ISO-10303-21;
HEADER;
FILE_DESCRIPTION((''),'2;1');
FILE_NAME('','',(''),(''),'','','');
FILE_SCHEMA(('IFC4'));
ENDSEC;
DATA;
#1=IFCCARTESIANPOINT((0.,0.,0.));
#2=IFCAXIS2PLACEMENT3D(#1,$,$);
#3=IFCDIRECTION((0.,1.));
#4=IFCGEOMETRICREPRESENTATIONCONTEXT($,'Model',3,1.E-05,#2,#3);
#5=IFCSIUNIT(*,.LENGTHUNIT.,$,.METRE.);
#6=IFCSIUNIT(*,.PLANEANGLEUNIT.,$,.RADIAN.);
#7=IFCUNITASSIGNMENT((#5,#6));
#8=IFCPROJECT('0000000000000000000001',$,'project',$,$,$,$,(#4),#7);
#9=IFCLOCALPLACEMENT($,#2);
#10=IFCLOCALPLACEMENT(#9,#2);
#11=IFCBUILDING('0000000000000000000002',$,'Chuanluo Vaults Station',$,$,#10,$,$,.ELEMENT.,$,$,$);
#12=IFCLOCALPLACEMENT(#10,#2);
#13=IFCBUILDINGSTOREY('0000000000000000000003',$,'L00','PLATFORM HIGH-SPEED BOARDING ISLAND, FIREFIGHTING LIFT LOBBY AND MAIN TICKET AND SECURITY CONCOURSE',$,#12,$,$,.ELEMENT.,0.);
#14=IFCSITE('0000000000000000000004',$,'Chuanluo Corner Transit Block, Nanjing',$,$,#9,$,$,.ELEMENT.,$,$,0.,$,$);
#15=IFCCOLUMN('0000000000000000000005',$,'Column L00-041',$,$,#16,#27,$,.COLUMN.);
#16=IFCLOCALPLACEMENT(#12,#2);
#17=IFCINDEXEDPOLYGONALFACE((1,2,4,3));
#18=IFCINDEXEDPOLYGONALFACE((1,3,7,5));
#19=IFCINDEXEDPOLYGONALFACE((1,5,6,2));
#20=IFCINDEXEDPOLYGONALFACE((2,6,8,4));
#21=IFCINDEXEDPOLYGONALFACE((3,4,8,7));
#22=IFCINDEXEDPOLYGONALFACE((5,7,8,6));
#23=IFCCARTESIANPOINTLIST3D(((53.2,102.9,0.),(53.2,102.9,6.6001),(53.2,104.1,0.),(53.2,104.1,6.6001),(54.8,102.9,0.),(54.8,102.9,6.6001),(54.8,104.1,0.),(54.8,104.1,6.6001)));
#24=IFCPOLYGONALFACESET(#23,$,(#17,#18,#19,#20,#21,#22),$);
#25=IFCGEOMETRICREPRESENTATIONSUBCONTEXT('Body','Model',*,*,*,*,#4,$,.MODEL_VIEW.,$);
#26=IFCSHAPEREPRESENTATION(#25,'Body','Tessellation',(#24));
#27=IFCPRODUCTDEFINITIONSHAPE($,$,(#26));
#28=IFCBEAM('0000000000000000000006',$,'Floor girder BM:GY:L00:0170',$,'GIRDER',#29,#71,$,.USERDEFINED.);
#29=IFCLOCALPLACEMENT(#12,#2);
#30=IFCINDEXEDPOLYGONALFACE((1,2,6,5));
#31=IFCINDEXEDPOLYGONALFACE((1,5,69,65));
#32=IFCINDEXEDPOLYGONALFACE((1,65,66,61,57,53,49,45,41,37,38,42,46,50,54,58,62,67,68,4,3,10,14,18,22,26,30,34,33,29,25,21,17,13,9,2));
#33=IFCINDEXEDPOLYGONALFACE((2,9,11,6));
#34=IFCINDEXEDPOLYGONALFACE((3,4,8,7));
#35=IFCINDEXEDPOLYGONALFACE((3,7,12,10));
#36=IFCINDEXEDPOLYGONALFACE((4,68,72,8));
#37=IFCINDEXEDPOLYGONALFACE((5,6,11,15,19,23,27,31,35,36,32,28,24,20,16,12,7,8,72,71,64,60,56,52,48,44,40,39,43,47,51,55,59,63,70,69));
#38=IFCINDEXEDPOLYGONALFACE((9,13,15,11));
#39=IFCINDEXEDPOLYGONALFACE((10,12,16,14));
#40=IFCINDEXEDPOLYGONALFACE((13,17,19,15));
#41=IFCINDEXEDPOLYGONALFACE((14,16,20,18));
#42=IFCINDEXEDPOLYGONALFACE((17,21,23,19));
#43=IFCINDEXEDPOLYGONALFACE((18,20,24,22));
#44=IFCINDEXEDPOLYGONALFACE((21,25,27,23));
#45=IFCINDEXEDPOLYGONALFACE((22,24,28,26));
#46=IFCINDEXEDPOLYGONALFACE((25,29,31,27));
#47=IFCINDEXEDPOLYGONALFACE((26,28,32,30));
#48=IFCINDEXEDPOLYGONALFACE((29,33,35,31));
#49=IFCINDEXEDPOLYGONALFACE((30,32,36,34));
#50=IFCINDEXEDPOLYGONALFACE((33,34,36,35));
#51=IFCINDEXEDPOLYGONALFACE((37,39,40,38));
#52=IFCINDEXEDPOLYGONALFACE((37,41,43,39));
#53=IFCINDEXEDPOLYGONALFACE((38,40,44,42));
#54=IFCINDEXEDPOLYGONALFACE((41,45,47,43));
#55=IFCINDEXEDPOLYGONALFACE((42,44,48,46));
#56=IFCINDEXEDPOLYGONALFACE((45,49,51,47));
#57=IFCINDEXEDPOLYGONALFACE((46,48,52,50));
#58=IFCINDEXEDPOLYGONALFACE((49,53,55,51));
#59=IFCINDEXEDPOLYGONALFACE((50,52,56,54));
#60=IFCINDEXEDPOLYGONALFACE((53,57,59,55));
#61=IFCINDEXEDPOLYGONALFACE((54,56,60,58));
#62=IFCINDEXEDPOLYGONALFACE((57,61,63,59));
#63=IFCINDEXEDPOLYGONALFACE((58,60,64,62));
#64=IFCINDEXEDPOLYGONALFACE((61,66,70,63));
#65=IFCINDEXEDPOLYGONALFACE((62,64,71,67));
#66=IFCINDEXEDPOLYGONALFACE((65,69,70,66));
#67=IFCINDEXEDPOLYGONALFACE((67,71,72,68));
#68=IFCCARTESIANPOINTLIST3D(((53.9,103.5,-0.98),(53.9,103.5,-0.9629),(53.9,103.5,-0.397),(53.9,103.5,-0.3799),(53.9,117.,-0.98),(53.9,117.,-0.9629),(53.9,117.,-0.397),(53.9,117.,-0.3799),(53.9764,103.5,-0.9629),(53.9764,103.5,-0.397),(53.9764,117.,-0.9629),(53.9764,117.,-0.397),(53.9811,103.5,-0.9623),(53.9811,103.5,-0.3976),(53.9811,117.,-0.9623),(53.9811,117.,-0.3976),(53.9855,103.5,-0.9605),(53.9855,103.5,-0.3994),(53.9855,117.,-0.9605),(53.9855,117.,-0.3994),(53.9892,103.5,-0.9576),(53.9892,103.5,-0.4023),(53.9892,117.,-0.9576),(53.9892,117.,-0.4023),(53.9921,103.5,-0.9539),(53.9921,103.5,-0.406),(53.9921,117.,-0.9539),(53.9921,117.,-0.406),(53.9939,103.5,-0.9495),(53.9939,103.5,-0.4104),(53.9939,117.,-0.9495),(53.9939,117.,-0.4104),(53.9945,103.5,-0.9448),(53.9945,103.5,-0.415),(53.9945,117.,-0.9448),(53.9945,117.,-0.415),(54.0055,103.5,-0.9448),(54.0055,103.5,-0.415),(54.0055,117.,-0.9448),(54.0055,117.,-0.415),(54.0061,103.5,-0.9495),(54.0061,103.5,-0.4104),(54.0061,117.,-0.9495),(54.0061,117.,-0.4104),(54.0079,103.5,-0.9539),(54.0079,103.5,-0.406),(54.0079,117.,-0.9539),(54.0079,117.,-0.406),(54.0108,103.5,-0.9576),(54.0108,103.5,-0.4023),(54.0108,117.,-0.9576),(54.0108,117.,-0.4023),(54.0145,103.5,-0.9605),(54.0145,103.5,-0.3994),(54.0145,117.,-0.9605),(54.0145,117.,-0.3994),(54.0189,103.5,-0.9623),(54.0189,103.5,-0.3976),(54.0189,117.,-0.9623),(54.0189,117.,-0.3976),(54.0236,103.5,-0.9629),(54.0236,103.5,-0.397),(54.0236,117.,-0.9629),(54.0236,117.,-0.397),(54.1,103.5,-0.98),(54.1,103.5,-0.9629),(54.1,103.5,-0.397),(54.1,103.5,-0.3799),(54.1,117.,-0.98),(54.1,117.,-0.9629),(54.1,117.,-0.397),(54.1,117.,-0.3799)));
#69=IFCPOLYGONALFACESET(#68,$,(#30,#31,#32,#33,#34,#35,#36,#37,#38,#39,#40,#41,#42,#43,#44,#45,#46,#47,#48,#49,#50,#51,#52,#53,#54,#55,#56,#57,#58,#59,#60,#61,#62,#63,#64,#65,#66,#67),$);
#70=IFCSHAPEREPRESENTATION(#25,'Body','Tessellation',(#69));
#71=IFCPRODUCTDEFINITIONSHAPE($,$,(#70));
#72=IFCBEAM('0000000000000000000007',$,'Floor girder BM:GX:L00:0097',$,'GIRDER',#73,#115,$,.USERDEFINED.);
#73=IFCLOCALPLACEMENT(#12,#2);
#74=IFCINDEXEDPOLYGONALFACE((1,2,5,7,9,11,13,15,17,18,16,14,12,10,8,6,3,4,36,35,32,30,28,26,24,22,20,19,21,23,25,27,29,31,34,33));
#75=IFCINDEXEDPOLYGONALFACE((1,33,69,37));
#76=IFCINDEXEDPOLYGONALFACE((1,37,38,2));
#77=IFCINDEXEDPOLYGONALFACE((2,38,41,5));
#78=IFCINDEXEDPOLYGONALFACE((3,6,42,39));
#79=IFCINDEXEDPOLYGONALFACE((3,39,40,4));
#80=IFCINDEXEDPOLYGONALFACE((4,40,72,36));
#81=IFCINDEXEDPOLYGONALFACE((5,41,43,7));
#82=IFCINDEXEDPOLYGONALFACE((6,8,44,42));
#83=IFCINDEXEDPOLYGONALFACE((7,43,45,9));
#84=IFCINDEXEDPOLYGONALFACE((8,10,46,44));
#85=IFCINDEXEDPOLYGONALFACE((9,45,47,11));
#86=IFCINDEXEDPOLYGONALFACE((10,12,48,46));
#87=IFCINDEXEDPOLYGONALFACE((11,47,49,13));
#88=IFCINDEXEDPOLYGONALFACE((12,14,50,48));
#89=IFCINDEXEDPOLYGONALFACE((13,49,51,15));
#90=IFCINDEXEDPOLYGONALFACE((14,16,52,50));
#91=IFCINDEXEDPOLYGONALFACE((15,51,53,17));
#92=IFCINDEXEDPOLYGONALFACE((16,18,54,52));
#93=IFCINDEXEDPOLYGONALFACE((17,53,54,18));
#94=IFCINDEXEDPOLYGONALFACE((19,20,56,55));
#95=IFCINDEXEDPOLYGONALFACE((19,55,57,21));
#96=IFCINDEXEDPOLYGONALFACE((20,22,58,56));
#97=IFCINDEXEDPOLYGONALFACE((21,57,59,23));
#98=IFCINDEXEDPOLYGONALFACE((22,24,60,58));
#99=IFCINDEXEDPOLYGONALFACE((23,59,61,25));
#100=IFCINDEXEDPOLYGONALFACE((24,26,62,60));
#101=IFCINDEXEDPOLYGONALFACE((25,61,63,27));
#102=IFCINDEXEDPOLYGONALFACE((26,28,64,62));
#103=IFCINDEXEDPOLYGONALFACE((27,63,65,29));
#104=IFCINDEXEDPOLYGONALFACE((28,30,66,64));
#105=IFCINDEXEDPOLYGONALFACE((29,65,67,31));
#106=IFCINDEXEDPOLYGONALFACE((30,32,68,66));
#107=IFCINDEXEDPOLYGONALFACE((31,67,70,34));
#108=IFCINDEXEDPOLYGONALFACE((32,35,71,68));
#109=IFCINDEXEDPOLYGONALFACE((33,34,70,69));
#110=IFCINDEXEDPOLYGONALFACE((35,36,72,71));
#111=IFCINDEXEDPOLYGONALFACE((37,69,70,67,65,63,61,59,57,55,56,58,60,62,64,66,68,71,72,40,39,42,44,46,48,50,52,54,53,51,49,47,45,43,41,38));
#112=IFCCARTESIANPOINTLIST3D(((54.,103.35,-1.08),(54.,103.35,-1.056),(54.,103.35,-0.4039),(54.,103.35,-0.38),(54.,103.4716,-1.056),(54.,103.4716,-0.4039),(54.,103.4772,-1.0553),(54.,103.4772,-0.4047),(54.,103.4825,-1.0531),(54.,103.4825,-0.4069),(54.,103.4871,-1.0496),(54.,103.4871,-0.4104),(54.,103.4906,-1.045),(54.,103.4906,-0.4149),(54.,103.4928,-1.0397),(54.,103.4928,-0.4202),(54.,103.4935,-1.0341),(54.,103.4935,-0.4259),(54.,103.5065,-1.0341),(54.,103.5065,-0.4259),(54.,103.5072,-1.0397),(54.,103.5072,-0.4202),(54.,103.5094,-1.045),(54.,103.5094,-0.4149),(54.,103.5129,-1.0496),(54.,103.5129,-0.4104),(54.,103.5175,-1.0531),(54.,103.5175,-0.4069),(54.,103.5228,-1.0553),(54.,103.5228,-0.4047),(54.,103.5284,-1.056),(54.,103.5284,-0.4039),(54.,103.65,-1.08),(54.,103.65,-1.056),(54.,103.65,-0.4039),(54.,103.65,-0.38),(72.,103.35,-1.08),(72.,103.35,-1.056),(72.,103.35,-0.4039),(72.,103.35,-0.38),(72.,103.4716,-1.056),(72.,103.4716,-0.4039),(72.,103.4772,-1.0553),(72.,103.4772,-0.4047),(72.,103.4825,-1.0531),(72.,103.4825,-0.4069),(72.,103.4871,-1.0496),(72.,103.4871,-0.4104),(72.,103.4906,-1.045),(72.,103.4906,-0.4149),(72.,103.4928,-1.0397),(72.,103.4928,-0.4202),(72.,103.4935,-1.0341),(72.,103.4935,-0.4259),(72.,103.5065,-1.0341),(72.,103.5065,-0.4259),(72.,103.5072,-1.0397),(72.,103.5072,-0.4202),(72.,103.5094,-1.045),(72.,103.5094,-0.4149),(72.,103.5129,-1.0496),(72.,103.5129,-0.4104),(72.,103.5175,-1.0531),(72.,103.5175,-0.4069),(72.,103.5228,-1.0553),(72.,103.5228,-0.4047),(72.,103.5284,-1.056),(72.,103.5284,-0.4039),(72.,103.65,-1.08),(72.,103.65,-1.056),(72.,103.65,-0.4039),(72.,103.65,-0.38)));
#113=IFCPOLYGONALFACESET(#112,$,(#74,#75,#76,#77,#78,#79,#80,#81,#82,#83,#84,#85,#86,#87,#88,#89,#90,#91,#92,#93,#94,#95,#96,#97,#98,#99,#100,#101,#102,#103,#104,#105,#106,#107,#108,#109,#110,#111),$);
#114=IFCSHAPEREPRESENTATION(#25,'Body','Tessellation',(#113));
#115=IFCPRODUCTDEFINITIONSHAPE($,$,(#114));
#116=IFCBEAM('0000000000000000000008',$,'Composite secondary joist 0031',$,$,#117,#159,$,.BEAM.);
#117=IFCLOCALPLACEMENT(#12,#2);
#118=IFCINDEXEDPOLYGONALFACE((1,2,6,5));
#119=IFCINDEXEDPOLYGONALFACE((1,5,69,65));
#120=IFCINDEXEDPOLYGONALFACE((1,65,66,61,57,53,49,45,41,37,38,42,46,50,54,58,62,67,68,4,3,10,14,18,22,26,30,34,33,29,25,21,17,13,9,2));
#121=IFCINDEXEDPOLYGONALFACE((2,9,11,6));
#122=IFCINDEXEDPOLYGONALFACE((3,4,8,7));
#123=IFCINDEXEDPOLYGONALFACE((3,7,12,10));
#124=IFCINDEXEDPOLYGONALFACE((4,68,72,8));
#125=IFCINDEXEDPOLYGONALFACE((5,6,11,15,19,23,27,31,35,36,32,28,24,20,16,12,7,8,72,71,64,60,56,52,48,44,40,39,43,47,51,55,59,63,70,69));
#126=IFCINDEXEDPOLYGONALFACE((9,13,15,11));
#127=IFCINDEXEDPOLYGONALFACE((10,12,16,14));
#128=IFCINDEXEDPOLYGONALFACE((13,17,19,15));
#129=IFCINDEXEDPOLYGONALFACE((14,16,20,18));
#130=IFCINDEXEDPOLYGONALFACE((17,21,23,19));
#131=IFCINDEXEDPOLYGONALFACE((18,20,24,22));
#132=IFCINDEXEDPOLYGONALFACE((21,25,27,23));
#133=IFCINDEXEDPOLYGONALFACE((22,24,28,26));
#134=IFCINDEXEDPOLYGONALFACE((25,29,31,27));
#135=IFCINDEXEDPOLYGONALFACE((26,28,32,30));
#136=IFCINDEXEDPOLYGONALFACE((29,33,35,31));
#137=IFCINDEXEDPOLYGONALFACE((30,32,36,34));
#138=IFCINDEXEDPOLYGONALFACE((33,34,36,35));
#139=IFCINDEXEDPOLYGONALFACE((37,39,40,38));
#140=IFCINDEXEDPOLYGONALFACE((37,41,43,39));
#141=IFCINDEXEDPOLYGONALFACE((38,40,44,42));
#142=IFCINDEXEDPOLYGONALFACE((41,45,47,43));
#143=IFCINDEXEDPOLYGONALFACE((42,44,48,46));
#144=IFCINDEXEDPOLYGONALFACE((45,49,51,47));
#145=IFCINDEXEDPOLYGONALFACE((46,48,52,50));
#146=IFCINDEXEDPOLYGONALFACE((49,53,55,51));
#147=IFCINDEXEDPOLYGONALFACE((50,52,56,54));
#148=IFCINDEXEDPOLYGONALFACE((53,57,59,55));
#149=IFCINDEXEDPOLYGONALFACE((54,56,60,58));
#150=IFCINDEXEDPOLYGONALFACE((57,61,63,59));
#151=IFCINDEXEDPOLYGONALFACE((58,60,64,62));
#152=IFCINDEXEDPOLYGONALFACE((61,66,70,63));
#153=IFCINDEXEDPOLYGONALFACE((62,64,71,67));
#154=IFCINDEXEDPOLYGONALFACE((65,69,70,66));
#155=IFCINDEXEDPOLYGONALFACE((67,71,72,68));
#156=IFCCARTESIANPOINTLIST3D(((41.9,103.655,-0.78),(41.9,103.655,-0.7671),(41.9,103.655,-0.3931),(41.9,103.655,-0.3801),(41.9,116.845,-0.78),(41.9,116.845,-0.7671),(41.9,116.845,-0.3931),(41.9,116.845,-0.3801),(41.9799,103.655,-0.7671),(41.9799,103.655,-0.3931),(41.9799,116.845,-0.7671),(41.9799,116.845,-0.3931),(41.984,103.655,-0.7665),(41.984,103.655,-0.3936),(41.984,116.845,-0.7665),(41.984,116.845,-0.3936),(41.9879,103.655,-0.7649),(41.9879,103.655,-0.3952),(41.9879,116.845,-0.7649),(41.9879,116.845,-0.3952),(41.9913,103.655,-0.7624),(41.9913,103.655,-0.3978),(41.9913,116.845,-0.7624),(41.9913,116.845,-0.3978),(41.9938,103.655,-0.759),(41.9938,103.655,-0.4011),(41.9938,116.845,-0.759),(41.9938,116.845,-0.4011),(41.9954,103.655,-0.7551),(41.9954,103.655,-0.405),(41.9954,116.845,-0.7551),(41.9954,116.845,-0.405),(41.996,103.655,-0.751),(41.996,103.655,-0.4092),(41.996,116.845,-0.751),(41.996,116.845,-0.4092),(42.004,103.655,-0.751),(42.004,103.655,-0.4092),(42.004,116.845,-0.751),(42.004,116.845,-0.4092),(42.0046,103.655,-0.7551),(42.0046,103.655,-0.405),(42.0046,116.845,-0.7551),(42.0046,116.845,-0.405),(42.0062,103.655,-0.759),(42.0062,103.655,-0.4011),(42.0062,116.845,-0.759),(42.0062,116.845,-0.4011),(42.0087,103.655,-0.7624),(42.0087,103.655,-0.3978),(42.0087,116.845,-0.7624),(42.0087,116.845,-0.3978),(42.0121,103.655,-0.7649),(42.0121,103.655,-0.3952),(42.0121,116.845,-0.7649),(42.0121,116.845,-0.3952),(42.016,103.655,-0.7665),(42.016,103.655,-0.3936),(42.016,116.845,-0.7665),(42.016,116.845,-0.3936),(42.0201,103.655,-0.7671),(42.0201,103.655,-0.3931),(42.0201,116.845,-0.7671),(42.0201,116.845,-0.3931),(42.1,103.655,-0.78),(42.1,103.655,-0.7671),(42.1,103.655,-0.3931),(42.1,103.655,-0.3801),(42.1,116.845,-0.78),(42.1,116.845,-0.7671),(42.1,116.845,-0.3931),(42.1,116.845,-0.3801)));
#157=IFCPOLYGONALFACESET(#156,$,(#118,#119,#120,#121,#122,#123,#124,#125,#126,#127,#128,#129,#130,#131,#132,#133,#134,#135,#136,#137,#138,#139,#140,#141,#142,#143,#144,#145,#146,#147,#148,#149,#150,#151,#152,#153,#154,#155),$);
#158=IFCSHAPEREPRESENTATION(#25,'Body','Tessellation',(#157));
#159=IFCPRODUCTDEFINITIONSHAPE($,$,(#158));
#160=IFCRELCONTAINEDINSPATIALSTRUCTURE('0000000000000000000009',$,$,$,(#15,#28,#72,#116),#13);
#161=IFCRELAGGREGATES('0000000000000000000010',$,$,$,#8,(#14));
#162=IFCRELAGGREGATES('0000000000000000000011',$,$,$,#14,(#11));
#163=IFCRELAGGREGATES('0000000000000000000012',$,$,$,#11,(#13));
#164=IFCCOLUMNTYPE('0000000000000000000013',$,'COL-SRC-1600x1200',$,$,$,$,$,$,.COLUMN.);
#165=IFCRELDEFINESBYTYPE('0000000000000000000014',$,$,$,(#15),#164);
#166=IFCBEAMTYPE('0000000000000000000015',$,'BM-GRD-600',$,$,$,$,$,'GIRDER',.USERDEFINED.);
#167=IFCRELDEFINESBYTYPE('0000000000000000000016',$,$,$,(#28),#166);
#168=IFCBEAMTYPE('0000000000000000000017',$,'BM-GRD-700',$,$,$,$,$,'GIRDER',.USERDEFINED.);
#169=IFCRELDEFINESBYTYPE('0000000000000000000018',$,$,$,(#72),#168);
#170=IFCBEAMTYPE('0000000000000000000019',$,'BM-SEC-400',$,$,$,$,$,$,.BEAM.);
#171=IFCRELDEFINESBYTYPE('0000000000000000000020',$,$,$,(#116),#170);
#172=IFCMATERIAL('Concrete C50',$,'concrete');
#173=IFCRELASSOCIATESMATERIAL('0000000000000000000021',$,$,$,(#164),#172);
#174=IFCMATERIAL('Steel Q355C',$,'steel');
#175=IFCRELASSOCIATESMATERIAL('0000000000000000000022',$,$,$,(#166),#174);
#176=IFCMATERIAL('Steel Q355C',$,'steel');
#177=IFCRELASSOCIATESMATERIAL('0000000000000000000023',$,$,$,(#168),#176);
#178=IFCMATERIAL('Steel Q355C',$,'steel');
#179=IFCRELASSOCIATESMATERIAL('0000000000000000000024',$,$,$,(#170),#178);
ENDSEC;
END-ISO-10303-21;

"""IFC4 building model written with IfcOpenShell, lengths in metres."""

from ifc_helpers import new_model, si_unit, direction, frame, origin, origin_2d, place, context, subcontext, project, spatial, rectangle, i_section, extrude, material, material_profile, profile_set, type_object, element, save


model = new_model("IFC4")

# Units and contexts
model_context = context("Model", 3, precision=1e-05, world=origin(), true_north=direction((0.0, 1.0)))
body_context = subcontext(model_context, "Body", "Model", "MODEL_VIEW")
ifc_project = project(units=[si_unit("LENGTHUNIT", "METRE"), si_unit("PLANEANGLEUNIT", "RADIAN")], contexts=[model_context])

# Site, building, storey
site_placement = place(None, origin())
site = spatial("IfcSite", under=ifc_project, at=site_placement, Name="Chuanluo Corner Transit Block, Nanjing", CompositionType="ELEMENT", RefElevation=0.0)
building_placement = place(site_placement, origin())
building = spatial("IfcBuilding", under=site, at=building_placement, Name="Chuanluo Vaults Station", CompositionType="ELEMENT")
storey_placement = place(building_placement, origin())
storey = spatial("IfcBuildingStorey", under=building, at=storey_placement, Name="L00", Description="PLATFORM HIGH-SPEED BOARDING ISLAND, FIREFIGHTING LIFT LOBBY AND MAIN TICKET AND SECURITY CONCOURSE", CompositionType="ELEMENT", Elevation=0.0)

# Column
ifc_material_1 = material(Name="Concrete C50", Category="concrete")
ifc_material_profile_1 = material_profile(ifc_material_1, rectangle(XDim=1.6001, YDim=1.2, at=origin_2d()))
ifc_profile_set_1 = profile_set([ifc_material_profile_1], Name="Concrete C50")
column_type = type_object("IfcColumnType", Name="COL-SRC-1600x1200", PredefinedType="COLUMN", material=ifc_profile_set_1)
column_placement = place(storey_placement, frame((54.0, 103.5, 0.0), z_axis=(0.0, 0.0, 1.0), x_axis=(1.0, 0.0, 0.0)))
element("IfcColumn", 1, at=column_placement, inside=storey, type_object=column_type, Name="Column L00-041", PredefinedType="COLUMN", context=body_context, shape_type="SweptSolid", body=[
    extrude(rectangle(XDim=1.6001, YDim=1.2, at=origin_2d()), origin(), (0.0, 0.0, 1.0), 6.6001),
])

# Beams
ifc_material_2 = material(Name="Steel Q355C", Category="steel")
ifc_material_profile_2 = material_profile(ifc_material_2, i_section(OverallWidth=0.2, OverallDepth=0.6001, WebThickness=0.011, FlangeThickness=0.0171, FilletRadius=0.0181, at=origin_2d()))
ifc_profile_set_2 = profile_set([ifc_material_profile_2], Name="Steel Q355C")
beam_type_1 = type_object("IfcBeamType", Name="BM-GRD-600", ElementType="GIRDER", PredefinedType="USERDEFINED", material=ifc_profile_set_2)
beam_1_placement = place(storey_placement, frame((54.0, 103.5, -0.6799), z_axis=(0.0, 1.0, 0.0), x_axis=(-1.0, 0.0, 0.0)))
element("IfcBeam", 2, at=beam_1_placement, inside=storey, type_object=beam_type_1, Name="Floor girder BM:GY:L00:0170", ObjectType="GIRDER", PredefinedType="USERDEFINED", context=body_context, shape_type="SweptSolid", body=[
    extrude(i_section(OverallWidth=0.2, OverallDepth=0.6001, WebThickness=0.011, FlangeThickness=0.0171, FilletRadius=0.0181, at=origin_2d()), origin(), (0.0, 0.0, 1.0), 13.5),
])
ifc_material_3 = material(Name="Steel Q355C", Category="steel")
ifc_material_profile_3 = material_profile(ifc_material_3, i_section(OverallWidth=0.3, OverallDepth=0.7, WebThickness=0.0129, FlangeThickness=0.0239, FilletRadius=0.022, at=origin_2d()))
ifc_profile_set_3 = profile_set([ifc_material_profile_3], Name="Steel Q355C")
beam_type_2 = type_object("IfcBeamType", Name="BM-GRD-700", ElementType="GIRDER", PredefinedType="USERDEFINED", material=ifc_profile_set_3)
beam_2_placement = place(storey_placement, frame((54.0, 103.5, -0.73), z_axis=(1.0, 0.0, 0.0), x_axis=(0.0, 1.0, 0.0)))
element("IfcBeam", 3, at=beam_2_placement, inside=storey, type_object=beam_type_2, Name="Floor girder BM:GX:L00:0097", ObjectType="GIRDER", PredefinedType="USERDEFINED", context=body_context, shape_type="SweptSolid", body=[
    extrude(i_section(OverallWidth=0.3, OverallDepth=0.7, WebThickness=0.0129, FlangeThickness=0.0239, FilletRadius=0.022, at=origin_2d()), origin(), (0.0, 0.0, 1.0), 18.0),
])
ifc_material_4 = material(Name="Steel Q355C", Category="steel")
ifc_material_profile_4 = material_profile(ifc_material_4, i_section(OverallWidth=0.2, OverallDepth=0.3999, WebThickness=0.0081, FlangeThickness=0.0129, FilletRadius=0.0161, at=origin_2d()))
ifc_profile_set_4 = profile_set([ifc_material_profile_4], Name="Steel Q355C")
beam_type_3 = type_object("IfcBeamType", Name="BM-SEC-400", PredefinedType="BEAM", material=ifc_profile_set_4)
for number, where, z_axis, x_axis, name in (
    (4, (42.0, 103.655, -0.5801), (0.0, 1.0, 0.0), (-1.0, 0.0, 0.0), "Composite secondary joist 0031"),
):
    element("IfcBeam", number, at=place(storey_placement, frame(where, z_axis=z_axis, x_axis=x_axis)), inside=storey, type_object=beam_type_3, Name=name, PredefinedType="BEAM", context=body_context, shape_type="SweptSolid", body=[
        extrude(i_section(OverallWidth=0.2, OverallDepth=0.3999, WebThickness=0.0081, FlangeThickness=0.0129, FilletRadius=0.0161, at=origin_2d()), origin(), (0.0, 0.0, 1.0), 13.1899),
    ])

save(model, "model.ifc")
